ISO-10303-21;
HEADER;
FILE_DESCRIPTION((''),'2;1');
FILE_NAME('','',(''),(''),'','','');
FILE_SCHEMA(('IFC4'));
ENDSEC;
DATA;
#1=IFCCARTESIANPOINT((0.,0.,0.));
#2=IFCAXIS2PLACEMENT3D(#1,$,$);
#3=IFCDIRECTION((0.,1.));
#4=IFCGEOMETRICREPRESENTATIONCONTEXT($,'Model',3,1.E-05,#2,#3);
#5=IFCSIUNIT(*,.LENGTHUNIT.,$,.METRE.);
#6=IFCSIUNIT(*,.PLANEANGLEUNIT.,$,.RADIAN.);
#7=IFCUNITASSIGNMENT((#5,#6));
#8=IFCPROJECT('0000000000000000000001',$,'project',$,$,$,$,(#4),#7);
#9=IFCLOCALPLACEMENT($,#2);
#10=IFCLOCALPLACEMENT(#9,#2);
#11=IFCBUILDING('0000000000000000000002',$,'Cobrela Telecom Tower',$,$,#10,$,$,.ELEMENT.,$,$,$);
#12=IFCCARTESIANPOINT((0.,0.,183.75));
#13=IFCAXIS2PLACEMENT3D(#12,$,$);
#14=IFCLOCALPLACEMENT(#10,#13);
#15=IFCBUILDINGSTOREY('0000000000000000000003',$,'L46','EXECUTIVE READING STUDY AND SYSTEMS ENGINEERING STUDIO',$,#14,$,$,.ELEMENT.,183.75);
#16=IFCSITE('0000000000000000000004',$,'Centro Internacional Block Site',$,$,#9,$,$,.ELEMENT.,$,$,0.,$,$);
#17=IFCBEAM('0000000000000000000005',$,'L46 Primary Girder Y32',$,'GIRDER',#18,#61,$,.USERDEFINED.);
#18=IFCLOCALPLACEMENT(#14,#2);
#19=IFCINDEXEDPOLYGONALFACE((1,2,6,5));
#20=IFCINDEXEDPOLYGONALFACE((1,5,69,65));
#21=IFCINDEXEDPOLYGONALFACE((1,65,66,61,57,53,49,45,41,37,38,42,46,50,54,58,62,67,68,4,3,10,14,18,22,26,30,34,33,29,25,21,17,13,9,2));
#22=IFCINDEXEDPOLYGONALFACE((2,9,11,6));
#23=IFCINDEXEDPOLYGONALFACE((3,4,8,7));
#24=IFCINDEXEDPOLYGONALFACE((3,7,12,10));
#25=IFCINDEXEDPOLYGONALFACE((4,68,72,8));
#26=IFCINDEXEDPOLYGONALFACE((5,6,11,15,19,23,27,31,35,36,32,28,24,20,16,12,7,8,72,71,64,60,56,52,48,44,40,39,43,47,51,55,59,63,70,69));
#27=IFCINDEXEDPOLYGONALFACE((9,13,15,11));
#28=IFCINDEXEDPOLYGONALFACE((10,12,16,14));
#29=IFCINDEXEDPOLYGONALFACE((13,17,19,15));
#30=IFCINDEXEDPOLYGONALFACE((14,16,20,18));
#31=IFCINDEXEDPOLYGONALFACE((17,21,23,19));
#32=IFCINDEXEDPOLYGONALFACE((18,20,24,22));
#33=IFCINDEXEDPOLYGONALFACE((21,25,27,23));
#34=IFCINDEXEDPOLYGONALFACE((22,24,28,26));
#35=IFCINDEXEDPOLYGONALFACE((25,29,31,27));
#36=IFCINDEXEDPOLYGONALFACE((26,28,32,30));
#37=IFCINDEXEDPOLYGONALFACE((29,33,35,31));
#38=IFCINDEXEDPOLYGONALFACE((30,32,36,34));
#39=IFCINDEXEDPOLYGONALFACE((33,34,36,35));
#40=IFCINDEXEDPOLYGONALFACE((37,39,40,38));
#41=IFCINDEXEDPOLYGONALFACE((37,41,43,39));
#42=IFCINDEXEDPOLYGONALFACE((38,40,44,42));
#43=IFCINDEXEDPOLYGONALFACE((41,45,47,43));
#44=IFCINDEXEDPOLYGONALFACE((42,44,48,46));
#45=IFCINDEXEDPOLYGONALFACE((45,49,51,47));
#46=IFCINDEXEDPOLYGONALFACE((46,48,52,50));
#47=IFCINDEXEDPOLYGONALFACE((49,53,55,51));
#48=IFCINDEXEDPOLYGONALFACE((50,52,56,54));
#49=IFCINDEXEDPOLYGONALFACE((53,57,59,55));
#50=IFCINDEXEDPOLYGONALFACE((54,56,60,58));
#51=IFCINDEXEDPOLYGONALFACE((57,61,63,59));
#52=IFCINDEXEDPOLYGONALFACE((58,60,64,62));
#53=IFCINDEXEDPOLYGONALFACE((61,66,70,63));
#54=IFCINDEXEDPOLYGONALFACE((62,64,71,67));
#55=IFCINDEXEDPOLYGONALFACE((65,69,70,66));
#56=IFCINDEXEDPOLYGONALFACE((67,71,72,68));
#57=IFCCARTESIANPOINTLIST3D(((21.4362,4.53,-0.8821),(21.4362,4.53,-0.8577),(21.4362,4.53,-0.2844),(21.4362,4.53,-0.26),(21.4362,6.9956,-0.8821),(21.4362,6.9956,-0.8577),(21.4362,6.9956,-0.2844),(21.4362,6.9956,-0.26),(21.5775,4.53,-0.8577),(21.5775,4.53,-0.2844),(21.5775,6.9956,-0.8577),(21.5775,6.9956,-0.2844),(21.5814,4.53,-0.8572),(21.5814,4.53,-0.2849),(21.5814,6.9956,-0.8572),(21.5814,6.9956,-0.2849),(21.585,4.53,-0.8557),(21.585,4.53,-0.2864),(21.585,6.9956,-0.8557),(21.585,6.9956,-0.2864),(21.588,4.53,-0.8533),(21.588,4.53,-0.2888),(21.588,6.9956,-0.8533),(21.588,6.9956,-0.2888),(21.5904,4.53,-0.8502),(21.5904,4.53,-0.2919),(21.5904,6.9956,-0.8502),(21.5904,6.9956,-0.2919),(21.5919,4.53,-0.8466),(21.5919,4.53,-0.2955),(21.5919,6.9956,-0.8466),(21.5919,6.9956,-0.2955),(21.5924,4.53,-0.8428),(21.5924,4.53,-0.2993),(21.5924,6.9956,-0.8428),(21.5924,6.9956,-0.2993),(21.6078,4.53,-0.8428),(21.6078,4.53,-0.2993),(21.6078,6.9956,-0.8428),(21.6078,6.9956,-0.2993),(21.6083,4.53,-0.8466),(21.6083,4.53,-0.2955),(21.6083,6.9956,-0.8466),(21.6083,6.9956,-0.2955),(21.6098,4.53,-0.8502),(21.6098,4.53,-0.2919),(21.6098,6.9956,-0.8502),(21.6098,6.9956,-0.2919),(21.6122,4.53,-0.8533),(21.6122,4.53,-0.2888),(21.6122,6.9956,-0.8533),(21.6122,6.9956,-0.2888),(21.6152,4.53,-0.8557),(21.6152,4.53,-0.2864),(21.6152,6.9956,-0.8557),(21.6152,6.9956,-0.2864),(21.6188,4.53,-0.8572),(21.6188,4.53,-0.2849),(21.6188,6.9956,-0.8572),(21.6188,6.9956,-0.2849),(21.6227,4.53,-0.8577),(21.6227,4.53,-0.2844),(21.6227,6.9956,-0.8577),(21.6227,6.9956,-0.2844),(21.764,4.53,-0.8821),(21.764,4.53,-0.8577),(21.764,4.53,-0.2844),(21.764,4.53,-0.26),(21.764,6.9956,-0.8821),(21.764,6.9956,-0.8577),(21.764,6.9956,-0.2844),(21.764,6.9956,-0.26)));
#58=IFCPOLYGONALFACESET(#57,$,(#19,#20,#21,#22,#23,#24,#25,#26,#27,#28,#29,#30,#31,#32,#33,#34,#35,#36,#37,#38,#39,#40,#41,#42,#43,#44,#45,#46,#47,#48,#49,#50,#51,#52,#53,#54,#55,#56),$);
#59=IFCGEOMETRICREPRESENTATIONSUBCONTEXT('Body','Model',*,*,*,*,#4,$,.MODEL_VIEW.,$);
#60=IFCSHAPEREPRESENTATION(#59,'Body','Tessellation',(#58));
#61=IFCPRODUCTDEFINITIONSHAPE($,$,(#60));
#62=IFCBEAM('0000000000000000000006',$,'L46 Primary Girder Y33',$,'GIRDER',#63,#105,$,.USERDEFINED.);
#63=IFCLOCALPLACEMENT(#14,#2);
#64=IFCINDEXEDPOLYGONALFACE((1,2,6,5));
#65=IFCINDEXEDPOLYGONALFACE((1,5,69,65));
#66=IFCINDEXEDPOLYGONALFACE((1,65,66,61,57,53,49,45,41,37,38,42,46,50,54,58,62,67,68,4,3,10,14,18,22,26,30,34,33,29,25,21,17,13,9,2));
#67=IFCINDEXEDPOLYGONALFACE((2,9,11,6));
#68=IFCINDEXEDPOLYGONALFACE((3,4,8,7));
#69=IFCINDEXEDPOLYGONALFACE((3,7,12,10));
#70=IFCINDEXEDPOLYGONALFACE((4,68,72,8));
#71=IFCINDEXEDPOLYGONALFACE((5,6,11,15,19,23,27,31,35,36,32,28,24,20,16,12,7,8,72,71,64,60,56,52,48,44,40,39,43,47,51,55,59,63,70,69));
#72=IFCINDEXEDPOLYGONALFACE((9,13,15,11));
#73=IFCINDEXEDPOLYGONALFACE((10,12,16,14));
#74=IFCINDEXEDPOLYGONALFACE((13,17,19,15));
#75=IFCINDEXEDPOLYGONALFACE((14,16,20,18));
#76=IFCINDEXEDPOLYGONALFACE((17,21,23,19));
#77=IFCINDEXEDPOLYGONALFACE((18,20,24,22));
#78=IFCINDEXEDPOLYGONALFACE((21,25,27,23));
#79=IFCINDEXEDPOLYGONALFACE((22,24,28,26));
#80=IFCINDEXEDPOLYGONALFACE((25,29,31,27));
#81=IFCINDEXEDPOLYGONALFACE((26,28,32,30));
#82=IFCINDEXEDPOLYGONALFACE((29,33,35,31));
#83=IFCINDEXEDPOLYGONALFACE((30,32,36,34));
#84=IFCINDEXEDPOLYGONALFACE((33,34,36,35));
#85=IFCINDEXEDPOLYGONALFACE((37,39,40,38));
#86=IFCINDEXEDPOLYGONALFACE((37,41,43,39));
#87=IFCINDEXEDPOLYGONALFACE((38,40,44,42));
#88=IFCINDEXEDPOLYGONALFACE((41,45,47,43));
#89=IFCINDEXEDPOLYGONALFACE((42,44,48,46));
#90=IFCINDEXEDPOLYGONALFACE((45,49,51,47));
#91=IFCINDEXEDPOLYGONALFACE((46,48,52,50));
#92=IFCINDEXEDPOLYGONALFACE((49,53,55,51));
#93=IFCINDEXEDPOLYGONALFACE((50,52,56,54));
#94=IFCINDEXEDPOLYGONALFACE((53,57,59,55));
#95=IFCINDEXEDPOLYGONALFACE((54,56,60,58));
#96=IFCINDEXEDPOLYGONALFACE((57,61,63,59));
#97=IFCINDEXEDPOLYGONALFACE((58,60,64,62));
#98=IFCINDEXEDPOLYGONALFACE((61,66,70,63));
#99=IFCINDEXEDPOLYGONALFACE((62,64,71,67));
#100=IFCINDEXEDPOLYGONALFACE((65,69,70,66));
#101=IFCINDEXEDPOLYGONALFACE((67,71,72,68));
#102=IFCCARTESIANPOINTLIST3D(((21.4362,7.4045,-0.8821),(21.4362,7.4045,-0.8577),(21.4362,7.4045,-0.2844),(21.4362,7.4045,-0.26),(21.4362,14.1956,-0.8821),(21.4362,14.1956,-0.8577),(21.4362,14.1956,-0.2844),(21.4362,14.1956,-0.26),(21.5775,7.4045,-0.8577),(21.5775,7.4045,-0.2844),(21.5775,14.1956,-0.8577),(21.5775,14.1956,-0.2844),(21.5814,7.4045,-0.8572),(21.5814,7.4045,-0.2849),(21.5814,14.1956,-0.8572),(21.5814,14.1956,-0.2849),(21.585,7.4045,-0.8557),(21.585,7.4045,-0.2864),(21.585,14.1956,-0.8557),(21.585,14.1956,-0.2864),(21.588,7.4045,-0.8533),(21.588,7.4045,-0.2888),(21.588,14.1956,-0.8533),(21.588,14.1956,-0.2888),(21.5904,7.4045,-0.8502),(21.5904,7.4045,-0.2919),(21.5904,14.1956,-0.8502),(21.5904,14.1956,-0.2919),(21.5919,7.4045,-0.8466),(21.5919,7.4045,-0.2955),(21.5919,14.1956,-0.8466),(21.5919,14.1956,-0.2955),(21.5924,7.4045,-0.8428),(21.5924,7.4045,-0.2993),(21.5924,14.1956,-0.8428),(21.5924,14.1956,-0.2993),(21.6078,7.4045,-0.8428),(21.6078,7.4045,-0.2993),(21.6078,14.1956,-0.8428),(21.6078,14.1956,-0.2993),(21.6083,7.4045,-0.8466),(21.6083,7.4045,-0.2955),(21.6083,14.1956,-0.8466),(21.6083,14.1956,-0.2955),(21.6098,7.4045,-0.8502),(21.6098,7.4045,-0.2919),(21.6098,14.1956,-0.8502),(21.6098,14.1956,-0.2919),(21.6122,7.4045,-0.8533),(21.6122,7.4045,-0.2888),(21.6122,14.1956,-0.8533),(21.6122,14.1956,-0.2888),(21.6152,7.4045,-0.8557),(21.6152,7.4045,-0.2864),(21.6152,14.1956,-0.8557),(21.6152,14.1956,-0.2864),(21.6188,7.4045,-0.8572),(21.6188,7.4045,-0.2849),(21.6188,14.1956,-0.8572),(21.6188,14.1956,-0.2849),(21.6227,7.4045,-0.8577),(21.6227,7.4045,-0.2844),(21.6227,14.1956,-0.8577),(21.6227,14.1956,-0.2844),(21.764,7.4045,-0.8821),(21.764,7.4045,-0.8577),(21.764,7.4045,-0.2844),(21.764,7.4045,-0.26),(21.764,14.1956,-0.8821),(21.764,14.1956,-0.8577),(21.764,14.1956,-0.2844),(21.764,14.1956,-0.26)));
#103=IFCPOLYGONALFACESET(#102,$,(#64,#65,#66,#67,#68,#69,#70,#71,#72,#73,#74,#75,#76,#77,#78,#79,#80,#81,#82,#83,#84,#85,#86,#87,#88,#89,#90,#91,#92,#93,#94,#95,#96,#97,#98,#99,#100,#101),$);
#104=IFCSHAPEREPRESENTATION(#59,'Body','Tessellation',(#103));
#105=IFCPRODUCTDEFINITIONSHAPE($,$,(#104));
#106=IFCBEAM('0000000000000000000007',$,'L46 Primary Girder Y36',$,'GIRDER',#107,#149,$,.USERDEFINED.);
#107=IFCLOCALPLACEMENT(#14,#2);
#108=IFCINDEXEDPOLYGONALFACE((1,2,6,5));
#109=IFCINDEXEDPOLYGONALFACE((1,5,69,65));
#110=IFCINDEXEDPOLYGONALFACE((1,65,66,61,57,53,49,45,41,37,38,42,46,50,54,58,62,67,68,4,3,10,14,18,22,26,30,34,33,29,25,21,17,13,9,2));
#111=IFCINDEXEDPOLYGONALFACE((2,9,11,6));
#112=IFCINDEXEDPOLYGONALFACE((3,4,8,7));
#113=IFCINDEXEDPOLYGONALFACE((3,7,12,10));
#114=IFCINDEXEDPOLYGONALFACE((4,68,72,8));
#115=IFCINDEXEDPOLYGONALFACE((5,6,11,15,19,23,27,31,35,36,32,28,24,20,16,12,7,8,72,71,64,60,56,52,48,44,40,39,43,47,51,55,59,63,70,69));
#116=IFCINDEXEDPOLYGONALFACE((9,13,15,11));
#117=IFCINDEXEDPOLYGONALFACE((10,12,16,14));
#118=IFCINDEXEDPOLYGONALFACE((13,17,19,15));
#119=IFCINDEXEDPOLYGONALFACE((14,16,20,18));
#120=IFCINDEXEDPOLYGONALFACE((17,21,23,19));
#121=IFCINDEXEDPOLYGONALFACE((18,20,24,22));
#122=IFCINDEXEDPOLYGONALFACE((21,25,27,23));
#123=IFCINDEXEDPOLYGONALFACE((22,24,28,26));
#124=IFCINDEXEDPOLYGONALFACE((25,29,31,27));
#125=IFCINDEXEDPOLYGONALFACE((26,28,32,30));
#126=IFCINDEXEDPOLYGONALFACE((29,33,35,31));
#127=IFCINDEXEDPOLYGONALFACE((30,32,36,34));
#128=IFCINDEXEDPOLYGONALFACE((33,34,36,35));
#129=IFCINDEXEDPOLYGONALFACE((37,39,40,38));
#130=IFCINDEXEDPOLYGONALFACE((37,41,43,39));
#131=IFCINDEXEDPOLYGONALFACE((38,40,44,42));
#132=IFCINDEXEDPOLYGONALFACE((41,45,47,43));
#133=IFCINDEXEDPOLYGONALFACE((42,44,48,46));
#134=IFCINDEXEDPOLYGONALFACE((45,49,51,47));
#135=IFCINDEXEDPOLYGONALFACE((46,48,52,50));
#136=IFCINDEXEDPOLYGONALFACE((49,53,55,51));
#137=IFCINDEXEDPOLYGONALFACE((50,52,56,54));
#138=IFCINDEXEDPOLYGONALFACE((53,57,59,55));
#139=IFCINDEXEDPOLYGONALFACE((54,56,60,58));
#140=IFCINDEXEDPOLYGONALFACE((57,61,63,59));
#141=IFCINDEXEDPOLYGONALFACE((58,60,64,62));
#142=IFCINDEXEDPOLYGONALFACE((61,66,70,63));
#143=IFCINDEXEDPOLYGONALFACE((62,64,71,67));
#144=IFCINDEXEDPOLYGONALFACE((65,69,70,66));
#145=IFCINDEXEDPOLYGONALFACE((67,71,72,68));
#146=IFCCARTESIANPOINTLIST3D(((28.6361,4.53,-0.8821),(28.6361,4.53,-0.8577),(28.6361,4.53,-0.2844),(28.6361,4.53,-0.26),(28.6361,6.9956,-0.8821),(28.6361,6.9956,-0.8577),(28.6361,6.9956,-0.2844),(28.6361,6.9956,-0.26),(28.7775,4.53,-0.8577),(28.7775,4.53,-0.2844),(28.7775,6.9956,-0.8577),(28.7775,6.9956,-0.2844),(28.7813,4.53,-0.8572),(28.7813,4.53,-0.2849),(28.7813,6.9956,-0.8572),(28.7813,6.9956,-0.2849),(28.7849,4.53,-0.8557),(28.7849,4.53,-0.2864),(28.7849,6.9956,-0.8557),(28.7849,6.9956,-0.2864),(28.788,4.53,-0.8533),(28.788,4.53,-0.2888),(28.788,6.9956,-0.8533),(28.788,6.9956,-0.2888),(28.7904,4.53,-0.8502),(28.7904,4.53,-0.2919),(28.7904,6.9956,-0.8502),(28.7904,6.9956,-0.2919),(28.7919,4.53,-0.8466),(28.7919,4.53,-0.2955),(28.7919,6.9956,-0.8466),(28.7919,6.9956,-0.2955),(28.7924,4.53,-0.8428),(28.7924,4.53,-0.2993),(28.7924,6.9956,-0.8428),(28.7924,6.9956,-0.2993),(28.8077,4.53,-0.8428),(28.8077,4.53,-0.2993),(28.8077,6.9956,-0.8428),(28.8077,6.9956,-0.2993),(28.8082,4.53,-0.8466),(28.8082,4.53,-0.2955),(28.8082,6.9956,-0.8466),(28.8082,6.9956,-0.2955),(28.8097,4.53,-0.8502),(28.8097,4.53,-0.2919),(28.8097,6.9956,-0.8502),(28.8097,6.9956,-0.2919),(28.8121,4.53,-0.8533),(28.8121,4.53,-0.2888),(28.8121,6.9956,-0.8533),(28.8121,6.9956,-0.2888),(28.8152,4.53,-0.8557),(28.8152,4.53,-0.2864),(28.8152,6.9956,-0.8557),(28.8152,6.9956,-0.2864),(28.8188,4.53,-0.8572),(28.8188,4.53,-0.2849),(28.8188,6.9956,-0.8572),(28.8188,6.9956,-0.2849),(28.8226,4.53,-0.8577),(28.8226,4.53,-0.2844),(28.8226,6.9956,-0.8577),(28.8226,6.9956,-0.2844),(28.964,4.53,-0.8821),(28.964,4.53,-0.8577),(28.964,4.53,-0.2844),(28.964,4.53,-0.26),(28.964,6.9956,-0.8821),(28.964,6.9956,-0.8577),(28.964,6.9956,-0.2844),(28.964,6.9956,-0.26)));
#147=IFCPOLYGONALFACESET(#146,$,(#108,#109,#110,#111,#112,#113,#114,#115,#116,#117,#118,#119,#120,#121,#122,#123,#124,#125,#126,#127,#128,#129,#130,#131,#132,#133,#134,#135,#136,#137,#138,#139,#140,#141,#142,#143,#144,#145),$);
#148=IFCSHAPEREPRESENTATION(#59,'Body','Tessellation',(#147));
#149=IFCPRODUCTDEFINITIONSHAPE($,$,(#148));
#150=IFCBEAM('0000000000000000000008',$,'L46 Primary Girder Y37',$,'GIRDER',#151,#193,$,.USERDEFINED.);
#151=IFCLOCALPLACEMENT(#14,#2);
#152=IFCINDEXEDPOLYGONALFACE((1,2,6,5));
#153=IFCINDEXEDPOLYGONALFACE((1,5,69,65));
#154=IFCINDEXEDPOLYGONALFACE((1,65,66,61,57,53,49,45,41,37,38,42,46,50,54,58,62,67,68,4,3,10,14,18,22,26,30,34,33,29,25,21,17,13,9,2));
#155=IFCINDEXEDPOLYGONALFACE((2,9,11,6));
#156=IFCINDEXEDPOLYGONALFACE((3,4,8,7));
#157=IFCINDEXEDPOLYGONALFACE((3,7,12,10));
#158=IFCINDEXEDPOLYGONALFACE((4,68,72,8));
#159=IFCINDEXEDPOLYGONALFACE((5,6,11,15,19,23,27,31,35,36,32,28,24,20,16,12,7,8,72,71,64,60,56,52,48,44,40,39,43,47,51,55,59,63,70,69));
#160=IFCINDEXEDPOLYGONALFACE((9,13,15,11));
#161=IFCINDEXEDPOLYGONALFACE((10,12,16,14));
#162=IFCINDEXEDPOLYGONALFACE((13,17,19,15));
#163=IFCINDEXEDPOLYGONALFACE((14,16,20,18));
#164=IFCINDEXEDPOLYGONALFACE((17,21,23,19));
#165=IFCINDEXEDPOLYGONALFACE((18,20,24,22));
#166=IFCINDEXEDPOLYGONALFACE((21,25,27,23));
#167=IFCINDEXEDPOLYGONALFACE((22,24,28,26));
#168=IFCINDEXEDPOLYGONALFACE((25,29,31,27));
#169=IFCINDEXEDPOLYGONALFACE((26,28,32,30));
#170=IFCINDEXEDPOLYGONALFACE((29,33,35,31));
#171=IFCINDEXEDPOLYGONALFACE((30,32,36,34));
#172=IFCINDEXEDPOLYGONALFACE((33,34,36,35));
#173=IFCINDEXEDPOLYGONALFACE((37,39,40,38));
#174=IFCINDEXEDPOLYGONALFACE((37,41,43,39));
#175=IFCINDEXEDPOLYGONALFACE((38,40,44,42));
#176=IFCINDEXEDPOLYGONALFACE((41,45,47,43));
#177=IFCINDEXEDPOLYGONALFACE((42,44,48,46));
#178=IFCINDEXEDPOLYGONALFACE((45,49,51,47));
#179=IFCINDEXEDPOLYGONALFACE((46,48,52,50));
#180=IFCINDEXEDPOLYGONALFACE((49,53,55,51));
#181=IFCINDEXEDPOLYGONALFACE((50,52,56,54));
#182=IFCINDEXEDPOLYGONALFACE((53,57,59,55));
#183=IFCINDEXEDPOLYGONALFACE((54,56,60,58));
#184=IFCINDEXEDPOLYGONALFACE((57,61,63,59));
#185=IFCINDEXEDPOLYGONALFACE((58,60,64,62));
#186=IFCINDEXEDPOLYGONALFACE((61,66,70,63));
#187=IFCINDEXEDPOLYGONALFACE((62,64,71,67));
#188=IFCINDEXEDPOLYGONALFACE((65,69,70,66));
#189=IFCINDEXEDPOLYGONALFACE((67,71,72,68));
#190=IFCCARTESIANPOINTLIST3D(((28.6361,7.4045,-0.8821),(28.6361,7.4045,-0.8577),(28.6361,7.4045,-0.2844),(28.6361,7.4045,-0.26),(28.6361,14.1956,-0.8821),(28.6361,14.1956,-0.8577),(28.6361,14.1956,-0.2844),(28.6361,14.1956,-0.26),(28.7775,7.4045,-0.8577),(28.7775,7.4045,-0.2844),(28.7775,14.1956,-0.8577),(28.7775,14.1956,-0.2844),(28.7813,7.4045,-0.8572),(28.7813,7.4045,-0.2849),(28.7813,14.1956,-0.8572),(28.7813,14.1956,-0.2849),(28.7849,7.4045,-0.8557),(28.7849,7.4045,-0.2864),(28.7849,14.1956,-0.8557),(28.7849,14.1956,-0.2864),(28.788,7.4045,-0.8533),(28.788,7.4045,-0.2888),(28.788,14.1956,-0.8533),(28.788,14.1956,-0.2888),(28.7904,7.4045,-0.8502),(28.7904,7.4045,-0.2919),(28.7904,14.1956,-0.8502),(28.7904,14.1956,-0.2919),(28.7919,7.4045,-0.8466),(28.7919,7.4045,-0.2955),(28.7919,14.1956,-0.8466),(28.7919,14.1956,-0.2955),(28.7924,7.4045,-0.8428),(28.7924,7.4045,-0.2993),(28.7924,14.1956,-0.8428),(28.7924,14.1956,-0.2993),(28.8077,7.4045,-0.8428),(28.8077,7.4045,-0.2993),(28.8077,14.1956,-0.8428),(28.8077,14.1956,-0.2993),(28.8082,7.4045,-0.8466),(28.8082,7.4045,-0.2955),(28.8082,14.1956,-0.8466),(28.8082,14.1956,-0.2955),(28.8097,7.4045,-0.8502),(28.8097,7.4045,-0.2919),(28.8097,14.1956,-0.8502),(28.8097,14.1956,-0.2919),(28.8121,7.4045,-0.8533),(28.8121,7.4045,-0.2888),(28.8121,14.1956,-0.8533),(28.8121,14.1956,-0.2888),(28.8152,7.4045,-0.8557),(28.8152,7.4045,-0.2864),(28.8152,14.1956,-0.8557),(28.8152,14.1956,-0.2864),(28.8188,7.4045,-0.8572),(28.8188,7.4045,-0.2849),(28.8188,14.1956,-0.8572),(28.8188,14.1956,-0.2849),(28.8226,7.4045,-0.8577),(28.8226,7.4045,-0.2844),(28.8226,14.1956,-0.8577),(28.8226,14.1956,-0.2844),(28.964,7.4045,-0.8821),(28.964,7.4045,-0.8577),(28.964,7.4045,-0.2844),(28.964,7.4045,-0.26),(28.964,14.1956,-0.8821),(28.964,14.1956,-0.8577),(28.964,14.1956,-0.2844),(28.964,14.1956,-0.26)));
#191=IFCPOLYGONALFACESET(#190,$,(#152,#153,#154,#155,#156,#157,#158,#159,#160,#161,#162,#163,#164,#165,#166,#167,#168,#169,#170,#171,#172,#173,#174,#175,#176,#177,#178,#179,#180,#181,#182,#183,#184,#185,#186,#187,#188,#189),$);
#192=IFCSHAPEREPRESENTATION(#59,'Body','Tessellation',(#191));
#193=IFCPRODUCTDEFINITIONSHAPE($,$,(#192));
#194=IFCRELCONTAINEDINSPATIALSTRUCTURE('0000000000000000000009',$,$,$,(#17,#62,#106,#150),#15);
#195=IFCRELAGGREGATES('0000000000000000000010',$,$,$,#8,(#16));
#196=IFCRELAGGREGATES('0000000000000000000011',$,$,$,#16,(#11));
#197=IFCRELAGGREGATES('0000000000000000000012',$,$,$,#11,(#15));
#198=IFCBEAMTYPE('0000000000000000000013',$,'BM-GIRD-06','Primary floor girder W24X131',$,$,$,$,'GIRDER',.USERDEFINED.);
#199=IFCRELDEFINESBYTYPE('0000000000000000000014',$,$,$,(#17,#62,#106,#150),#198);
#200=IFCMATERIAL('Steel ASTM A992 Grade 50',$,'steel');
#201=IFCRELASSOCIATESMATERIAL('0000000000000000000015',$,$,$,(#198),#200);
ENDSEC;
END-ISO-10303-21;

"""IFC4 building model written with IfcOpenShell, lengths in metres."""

from ifc_helpers import new_model, si_unit, direction, frame, origin, origin_2d, place, context, subcontext, project, spatial, i_section, extrude, material, material_profile, profile_set, type_object, element, save


model = new_model("IFC4")

# Units and contexts
model_context = context("Model", 3, precision=1e-05, world=origin(), true_north=direction((0.0, 1.0)))
body_context = subcontext(model_context, "Body", "Model", "MODEL_VIEW")
ifc_project = project(units=[si_unit("LENGTHUNIT", "METRE"), si_unit("PLANEANGLEUNIT", "RADIAN")], contexts=[model_context])

# Site, building, storey
site_placement = place(None, origin())
site = spatial("IfcSite", under=ifc_project, at=site_placement, Name="Centro Internacional Block Site", CompositionType="ELEMENT", RefElevation=0.0)
building_placement = place(site_placement, origin())
building = spatial("IfcBuilding", under=site, at=building_placement, Name="Cobrela Telecom Tower", CompositionType="ELEMENT")
storey_placement = place(building_placement, frame((0.0, 0.0, 183.75)))
storey = spatial("IfcBuildingStorey", under=building, at=storey_placement, Name="L46", Description="EXECUTIVE READING STUDY AND SYSTEMS ENGINEERING STUDIO", CompositionType="ELEMENT", Elevation=183.75)

# Shared definitions
ifc_material_1 = material(Name="Steel ASTM A992 Grade 50", Category="steel")

# Beams
ifc_material_profile_1 = material_profile(ifc_material_1, i_section(OverallWidth=0.3279, OverallDepth=0.6221, WebThickness=0.0154, FlangeThickness=0.0244, FilletRadius=0.0149, at=origin_2d()), Name="W24X131")
ifc_profile_set_1 = profile_set([ifc_material_profile_1], Name="Steel ASTM A992 Grade 50")
beam_type_1 = type_object("IfcBeamType", Name="BM-GIRD-06", Description="Primary floor girder W24X131", ElementType="GIRDER", PredefinedType="USERDEFINED", material=ifc_profile_set_1)
beam_1_placement = place(storey_placement, frame((21.6001, 4.53, -0.571), z_axis=(0.0, 1.0, 0.0), x_axis=(-1.0, 0.0, 0.0)))
element("IfcBeam", 1, at=beam_1_placement, inside=storey, type_object=beam_type_1, Name="L46 Primary Girder Y32", ObjectType="GIRDER", PredefinedType="USERDEFINED", context=body_context, shape_type="SweptSolid", body=[
    extrude(i_section(OverallWidth=0.3279, OverallDepth=0.6221, WebThickness=0.0154, FlangeThickness=0.0244, FilletRadius=0.0149, at=origin_2d()), origin(), (0.0, 0.0, 1.0), 2.4656),
])
beam_2_placement = place(storey_placement, frame((21.6001, 7.4045, -0.571), z_axis=(0.0, 1.0, 0.0), x_axis=(-1.0, 0.0, 0.0)))
element("IfcBeam", 2, at=beam_2_placement, inside=storey, type_object=beam_type_1, Name="L46 Primary Girder Y33", ObjectType="GIRDER", PredefinedType="USERDEFINED", context=body_context, shape_type="SweptSolid", body=[
    extrude(i_section(OverallWidth=0.3279, OverallDepth=0.6221, WebThickness=0.0154, FlangeThickness=0.0244, FilletRadius=0.0149, at=origin_2d()), origin(), (0.0, 0.0, 1.0), 6.791),
])
beam_3_placement = place(storey_placement, frame((28.8, 4.53, -0.571), z_axis=(0.0, 1.0, 0.0), x_axis=(-1.0, 0.0, 0.0)))
element("IfcBeam", 3, at=beam_3_placement, inside=storey, type_object=beam_type_1, Name="L46 Primary Girder Y36", ObjectType="GIRDER", PredefinedType="USERDEFINED", context=body_context, shape_type="SweptSolid", body=[
    extrude(i_section(OverallWidth=0.3279, OverallDepth=0.6221, WebThickness=0.0154, FlangeThickness=0.0244, FilletRadius=0.0149, at=origin_2d()), origin(), (0.0, 0.0, 1.0), 2.4656),
])
beam_4_placement = place(storey_placement, frame((28.8, 7.4045, -0.571), z_axis=(0.0, 1.0, 0.0), x_axis=(-1.0, 0.0, 0.0)))
element("IfcBeam", 4, at=beam_4_placement, inside=storey, type_object=beam_type_1, Name="L46 Primary Girder Y37", ObjectType="GIRDER", PredefinedType="USERDEFINED", context=body_context, shape_type="SweptSolid", body=[
    extrude(i_section(OverallWidth=0.3279, OverallDepth=0.6221, WebThickness=0.0154, FlangeThickness=0.0244, FilletRadius=0.0149, at=origin_2d()), origin(), (0.0, 0.0, 1.0), 6.791),
])

save(model, "model.ifc")
